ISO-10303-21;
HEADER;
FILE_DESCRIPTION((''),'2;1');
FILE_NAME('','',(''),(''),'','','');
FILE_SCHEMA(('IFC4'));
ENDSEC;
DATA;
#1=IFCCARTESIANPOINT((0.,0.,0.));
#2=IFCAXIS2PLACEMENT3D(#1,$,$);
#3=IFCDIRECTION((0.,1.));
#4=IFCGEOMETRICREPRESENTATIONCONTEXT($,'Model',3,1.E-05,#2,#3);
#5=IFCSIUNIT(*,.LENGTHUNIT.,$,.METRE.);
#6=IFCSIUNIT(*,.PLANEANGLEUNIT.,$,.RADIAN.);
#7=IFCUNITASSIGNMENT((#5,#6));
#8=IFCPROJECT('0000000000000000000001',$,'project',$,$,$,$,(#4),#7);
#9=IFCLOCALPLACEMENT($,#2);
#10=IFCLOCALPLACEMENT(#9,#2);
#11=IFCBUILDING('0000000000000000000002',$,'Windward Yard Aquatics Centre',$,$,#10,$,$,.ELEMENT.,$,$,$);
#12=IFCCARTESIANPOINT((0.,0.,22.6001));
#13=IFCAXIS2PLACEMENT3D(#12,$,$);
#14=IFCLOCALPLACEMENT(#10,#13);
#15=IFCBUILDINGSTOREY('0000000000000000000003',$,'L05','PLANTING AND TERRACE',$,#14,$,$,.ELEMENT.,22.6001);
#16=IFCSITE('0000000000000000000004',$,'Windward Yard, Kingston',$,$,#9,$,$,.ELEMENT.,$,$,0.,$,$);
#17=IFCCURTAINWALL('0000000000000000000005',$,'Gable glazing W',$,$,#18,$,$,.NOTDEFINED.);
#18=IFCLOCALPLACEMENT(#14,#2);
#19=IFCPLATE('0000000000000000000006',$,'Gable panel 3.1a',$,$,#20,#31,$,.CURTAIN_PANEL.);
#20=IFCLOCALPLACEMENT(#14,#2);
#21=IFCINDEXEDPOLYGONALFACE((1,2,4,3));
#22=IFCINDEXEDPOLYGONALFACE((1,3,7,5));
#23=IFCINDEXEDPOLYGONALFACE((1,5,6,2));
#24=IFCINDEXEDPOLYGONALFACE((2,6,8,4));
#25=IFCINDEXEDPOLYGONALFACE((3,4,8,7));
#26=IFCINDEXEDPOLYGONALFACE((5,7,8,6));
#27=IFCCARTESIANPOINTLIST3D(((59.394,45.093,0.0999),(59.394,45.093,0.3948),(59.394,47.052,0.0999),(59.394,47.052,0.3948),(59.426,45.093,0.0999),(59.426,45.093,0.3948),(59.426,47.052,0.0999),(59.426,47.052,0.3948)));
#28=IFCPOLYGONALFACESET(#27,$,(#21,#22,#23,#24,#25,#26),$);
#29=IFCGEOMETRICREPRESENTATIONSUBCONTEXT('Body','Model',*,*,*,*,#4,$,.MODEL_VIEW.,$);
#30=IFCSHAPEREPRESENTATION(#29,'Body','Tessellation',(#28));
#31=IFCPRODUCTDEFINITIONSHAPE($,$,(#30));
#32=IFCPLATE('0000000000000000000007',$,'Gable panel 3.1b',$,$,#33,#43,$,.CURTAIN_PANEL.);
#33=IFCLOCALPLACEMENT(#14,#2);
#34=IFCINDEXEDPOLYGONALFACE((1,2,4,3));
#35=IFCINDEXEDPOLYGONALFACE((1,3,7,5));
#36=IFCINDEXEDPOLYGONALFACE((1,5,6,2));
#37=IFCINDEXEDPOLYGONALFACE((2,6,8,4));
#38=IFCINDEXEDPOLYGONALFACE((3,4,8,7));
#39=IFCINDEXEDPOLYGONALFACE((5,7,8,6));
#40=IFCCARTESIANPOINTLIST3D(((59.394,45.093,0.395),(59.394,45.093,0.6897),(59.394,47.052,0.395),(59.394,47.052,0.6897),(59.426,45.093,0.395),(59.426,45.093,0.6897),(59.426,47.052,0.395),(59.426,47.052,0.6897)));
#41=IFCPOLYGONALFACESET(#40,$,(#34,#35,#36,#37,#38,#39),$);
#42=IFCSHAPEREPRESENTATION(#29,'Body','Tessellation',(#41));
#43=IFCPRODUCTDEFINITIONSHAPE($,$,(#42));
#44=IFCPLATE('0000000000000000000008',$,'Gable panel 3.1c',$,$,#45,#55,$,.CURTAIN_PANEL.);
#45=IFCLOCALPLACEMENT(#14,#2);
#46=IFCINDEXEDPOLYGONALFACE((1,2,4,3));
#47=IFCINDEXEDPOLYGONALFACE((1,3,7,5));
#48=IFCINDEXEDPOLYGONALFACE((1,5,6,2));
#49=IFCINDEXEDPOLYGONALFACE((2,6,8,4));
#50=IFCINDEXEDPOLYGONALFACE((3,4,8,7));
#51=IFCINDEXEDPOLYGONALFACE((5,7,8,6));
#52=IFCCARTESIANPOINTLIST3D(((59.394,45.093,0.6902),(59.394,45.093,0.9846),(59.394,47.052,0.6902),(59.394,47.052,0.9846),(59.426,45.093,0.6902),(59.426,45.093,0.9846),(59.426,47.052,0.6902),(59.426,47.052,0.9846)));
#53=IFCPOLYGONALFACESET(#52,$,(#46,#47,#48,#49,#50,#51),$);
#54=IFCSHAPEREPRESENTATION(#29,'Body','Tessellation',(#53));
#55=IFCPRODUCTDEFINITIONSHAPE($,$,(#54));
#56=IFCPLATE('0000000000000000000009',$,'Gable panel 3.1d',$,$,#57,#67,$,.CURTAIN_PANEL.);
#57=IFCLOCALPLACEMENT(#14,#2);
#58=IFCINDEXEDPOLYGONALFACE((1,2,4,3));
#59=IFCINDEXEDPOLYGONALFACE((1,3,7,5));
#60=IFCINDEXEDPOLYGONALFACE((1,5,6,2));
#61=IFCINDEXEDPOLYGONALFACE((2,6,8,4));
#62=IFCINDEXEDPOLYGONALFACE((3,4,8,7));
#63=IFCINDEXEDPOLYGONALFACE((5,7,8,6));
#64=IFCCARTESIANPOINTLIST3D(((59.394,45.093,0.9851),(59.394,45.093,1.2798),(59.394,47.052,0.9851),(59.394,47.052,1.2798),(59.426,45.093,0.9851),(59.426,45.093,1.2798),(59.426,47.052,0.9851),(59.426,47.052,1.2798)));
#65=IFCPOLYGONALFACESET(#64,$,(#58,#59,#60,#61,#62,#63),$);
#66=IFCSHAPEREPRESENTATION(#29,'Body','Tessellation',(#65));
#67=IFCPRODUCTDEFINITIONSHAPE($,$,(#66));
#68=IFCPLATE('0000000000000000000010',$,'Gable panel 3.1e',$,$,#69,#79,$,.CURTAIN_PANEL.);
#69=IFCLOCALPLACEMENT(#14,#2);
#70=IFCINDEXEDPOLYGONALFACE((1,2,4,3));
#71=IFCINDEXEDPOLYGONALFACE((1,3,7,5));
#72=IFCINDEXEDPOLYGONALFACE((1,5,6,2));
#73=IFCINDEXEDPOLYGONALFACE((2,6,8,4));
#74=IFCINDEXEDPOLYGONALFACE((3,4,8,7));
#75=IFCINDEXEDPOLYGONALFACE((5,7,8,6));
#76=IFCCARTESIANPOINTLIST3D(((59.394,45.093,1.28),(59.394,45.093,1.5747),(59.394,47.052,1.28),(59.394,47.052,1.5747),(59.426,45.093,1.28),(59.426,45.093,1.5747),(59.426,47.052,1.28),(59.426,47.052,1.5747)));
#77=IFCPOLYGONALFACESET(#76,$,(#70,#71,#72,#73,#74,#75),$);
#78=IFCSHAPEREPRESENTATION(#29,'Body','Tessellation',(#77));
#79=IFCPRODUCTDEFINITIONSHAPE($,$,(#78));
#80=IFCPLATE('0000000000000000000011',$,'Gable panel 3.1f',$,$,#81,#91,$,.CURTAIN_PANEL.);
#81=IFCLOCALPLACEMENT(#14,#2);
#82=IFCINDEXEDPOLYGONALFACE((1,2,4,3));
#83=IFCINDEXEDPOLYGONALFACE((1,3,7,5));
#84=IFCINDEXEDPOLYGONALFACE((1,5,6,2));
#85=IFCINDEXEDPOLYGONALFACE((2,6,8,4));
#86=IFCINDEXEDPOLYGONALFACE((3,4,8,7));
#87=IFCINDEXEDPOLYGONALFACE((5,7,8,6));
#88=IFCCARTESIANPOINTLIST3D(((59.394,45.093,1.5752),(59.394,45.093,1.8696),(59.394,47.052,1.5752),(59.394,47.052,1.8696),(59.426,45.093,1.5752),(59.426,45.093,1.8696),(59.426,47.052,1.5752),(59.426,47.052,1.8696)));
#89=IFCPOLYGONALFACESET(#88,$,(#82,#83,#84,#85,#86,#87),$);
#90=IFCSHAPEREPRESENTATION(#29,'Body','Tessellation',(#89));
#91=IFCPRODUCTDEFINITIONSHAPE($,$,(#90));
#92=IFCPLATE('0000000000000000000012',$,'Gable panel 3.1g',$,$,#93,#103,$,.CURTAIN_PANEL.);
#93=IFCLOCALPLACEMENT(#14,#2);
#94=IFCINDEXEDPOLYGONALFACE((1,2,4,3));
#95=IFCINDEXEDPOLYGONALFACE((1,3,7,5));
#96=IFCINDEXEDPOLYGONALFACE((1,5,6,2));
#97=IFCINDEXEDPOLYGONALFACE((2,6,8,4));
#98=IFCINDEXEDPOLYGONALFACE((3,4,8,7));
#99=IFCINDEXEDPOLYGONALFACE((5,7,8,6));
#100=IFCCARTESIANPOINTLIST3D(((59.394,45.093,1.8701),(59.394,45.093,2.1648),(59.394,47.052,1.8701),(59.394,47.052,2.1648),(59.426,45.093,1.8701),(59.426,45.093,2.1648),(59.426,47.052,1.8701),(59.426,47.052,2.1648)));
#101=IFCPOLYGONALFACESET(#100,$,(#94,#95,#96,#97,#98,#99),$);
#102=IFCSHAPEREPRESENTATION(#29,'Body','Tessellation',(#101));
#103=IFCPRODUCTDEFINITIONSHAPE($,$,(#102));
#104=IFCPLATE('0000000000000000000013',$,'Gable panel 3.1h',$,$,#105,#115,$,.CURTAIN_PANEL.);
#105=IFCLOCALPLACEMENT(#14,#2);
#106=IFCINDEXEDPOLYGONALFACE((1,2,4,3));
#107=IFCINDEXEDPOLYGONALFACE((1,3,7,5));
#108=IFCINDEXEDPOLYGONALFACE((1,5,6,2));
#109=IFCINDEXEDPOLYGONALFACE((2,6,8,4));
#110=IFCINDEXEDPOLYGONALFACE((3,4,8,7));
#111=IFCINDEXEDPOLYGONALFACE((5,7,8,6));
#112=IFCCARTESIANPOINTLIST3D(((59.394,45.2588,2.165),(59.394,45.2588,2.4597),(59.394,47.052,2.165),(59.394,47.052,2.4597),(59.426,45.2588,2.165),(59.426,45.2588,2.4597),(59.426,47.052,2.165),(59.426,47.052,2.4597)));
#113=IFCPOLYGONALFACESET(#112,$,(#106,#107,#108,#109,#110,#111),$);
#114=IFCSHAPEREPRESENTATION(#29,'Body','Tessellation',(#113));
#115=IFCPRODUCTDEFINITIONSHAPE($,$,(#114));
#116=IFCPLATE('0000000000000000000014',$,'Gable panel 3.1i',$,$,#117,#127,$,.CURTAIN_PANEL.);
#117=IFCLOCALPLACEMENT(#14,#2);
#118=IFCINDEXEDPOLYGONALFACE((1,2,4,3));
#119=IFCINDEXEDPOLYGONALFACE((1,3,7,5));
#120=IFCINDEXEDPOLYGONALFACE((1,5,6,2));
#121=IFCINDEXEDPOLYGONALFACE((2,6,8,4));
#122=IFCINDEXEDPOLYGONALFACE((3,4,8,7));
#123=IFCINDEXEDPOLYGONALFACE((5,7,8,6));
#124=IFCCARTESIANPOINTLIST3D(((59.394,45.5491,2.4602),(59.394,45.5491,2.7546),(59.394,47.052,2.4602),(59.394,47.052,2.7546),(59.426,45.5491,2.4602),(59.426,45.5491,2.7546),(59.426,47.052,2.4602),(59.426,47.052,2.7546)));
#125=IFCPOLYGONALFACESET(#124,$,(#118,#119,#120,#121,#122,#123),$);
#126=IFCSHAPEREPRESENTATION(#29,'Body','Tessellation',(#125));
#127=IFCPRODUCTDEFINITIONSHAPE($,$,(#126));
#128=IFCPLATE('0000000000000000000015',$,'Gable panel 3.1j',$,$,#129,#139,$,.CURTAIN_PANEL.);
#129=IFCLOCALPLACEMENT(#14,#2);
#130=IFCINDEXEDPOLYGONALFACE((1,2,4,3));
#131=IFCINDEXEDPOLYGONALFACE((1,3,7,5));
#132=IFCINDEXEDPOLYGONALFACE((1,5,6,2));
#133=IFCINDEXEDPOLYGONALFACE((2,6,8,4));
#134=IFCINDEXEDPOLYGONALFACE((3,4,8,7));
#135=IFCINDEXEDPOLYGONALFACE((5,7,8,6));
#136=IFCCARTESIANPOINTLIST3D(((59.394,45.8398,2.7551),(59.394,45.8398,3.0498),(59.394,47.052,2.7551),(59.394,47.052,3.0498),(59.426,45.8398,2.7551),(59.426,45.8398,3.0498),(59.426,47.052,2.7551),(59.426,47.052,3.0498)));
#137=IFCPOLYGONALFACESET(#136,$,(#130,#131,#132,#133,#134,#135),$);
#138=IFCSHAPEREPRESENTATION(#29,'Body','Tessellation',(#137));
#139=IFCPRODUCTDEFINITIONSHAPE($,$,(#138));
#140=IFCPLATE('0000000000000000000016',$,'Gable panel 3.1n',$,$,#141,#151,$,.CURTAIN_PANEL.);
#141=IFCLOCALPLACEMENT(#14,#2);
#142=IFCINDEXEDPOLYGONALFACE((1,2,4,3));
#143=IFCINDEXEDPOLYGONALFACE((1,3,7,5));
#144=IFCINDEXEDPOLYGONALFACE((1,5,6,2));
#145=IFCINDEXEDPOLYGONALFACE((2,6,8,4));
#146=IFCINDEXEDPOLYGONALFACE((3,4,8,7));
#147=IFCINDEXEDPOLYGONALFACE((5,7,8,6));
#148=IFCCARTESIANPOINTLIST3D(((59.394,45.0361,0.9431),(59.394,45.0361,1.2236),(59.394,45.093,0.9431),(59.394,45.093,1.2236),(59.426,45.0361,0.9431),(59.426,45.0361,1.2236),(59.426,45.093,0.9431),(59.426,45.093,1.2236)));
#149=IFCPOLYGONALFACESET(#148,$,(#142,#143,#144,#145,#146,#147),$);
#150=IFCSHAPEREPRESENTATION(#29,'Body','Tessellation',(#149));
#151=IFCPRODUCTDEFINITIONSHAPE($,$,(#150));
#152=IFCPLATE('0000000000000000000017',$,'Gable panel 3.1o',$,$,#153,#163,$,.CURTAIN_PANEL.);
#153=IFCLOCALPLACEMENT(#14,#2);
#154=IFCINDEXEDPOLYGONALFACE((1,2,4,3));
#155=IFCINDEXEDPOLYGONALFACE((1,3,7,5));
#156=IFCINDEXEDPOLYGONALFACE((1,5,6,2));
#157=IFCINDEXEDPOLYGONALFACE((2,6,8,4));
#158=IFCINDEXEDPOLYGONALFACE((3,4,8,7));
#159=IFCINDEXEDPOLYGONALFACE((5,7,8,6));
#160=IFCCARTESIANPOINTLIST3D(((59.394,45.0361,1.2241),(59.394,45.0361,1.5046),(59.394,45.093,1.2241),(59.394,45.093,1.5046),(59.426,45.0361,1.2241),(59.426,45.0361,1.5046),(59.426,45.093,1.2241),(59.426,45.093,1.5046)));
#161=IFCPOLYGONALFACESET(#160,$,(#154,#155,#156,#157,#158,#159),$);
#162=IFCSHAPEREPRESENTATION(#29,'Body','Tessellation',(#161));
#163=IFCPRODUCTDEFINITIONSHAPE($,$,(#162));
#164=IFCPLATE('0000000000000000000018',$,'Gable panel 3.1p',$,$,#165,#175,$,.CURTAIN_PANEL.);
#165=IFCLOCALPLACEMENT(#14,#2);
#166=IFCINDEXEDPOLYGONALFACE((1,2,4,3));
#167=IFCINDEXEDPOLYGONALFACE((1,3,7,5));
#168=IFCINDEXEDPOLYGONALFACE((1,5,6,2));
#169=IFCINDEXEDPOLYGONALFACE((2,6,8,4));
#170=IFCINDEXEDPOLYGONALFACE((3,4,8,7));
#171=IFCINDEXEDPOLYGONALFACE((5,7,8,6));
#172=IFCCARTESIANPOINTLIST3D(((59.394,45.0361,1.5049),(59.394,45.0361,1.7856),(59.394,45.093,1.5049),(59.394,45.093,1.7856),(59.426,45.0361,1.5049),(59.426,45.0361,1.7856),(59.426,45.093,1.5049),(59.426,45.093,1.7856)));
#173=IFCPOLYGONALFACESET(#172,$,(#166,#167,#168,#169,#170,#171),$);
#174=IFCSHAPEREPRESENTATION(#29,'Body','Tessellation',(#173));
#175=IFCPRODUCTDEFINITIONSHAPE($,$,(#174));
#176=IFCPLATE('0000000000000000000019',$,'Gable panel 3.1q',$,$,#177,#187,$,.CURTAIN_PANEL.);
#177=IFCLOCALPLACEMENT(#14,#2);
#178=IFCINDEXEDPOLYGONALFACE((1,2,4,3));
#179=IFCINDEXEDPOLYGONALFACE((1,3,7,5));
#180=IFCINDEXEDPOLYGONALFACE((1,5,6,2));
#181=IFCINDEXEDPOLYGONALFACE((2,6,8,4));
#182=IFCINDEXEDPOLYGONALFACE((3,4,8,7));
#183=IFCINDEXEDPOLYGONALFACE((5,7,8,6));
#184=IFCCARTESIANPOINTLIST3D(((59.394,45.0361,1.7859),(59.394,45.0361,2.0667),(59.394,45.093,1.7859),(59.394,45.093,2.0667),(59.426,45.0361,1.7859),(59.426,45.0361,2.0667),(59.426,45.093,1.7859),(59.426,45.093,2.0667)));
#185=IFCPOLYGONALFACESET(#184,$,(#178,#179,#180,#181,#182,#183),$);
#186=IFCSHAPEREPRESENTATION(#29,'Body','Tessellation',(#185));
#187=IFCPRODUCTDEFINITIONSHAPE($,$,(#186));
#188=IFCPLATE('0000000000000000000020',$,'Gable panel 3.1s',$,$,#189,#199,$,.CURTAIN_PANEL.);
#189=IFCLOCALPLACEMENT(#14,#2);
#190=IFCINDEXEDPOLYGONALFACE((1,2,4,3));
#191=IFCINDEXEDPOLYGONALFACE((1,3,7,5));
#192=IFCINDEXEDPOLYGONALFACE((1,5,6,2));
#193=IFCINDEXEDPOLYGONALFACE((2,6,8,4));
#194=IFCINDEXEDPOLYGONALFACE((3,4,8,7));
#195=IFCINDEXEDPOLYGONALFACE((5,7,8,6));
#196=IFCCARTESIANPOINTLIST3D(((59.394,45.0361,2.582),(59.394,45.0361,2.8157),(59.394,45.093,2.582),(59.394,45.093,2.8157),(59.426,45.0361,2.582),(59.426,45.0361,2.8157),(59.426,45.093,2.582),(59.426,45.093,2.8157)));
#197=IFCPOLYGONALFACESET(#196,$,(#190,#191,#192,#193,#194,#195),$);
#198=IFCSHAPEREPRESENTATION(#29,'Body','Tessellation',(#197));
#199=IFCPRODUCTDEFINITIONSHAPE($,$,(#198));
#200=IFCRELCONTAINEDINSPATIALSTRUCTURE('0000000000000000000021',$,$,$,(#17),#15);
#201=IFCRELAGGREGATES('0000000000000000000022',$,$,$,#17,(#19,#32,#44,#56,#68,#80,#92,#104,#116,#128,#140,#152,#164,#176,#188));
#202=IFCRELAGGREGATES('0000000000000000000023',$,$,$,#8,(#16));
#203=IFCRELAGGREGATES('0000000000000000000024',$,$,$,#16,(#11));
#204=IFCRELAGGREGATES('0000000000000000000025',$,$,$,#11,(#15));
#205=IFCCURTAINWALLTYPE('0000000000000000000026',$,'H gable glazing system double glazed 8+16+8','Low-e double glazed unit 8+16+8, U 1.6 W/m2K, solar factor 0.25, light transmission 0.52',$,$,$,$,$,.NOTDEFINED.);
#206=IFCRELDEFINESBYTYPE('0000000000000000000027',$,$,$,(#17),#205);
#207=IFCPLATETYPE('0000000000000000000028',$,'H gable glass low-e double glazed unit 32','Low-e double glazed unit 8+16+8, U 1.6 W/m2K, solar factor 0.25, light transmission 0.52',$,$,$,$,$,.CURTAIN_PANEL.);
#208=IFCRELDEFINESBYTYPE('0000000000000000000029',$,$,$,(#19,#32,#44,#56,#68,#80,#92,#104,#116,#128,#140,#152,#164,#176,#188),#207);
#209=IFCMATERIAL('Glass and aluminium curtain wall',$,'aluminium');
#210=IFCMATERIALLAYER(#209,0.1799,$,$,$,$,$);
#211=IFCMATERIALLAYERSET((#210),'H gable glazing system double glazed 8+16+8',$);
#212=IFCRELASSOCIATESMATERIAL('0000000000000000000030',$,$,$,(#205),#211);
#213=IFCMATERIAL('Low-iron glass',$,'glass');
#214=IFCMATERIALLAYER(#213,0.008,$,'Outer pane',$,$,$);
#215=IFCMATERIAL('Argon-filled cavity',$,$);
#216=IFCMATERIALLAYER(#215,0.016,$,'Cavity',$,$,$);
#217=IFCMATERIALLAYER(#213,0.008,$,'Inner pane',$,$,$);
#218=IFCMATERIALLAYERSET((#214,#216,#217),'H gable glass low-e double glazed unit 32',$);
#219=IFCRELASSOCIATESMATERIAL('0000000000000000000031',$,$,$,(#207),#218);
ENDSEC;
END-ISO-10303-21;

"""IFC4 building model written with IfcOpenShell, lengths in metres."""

from ifc_helpers import new_model, si_unit, direction, frame, origin, place, context, subcontext, project, spatial, polyline, outline, extrude, material, layer, layer_set, type_object, element, aggregate, save


model = new_model("IFC4")

# Units and contexts
model_context = context("Model", 3, precision=1e-05, world=origin(), true_north=direction((0.0, 1.0)))
body_context = subcontext(model_context, "Body", "Model", "MODEL_VIEW")
ifc_project = project(units=[si_unit("LENGTHUNIT", "METRE"), si_unit("PLANEANGLEUNIT", "RADIAN")], contexts=[model_context])

# Site, building, storey
site_placement = place(None, origin())
site = spatial("IfcSite", under=ifc_project, at=site_placement, Name="Windward Yard, Kingston", CompositionType="ELEMENT", RefElevation=0.0)
building_placement = place(site_placement, origin())
building = spatial("IfcBuilding", under=site, at=building_placement, Name="Windward Yard Aquatics Centre", CompositionType="ELEMENT")
storey_placement = place(building_placement, frame((0.0, 0.0, 22.6001)))
storey = spatial("IfcBuildingStorey", under=building, at=storey_placement, Name="L05", Description="PLANTING AND TERRACE", CompositionType="ELEMENT", Elevation=22.6001)

# Curtain wall, plates
ifc_material_1 = material(Name="Glass and aluminium curtain wall", Category="aluminium")
ifc_layer_1 = layer(ifc_material_1, 0.1799)
ifc_layer_set_1 = layer_set([ifc_layer_1], Name="H gable glazing system double glazed 8+16+8")
curtain_wall_type = type_object("IfcCurtainWallType", Name="H gable glazing system double glazed 8+16+8", Description="Low-e double glazed unit 8+16+8, U 1.6 W/m2K, solar factor 0.25, light transmission 0.52", PredefinedType="NOTDEFINED", material=ifc_layer_set_1)
curtain_wall_placement = place(storey_placement, origin())
curtain_wall = element("IfcCurtainWall", 1, at=curtain_wall_placement, inside=storey, type_object=curtain_wall_type, Name="Gable glazing W", PredefinedType="NOTDEFINED")
ifc_material_2 = material(Name="Low-iron glass", Category="glass")
ifc_layer_2 = layer(ifc_material_2, 0.008, Name="Outer pane")
ifc_material_3 = material(Name="Argon-filled cavity")
ifc_layer_3 = layer(ifc_material_3, 0.016, Name="Cavity")
ifc_layer_4 = layer(ifc_material_2, 0.008, Name="Inner pane")
ifc_layer_set_2 = layer_set([ifc_layer_2, ifc_layer_3, ifc_layer_4], Name="H gable glass low-e double glazed unit 32")
plate_type = type_object("IfcPlateType", Name="H gable glass low-e double glazed unit 32", Description="Low-e double glazed unit 8+16+8, U 1.6 W/m2K, solar factor 0.25, light transmission 0.52", PredefinedType="CURTAIN_PANEL", material=ifc_layer_set_2)
plate_1_placement = place(storey_placement, frame((59.426, 45.093, 0.0999), z_axis=(1.0, 0.0, 0.0), x_axis=(0.0, 1.0, 0.0)))
plate_1 = element("IfcPlate", 2, at=plate_1_placement, type_object=plate_type, Name="Gable panel 3.1a", PredefinedType="CURTAIN_PANEL", context=body_context, shape_type="SweptSolid", body=[
    extrude(outline(polyline([(0.0, 0.0), (1.959, 0.0), (1.959, 0.2949), (0.0, 0.2949), (0.0, 0.0)])), origin(), (0.0, 0.0, -1.0), 0.032),
])
plate_2_placement = place(storey_placement, frame((59.426, 45.093, 0.395), z_axis=(1.0, 0.0, 0.0), x_axis=(0.0, 1.0, 0.0)))
plate_2 = element("IfcPlate", 3, at=plate_2_placement, type_object=plate_type, Name="Gable panel 3.1b", PredefinedType="CURTAIN_PANEL", context=body_context, shape_type="SweptSolid", body=[
    extrude(outline(polyline([(0.0, 0.0), (1.959, 0.0), (1.959, 0.2947), (0.0, 0.2947), (0.0, 0.0)])), origin(), (0.0, 0.0, -1.0), 0.032),
])
plate_3_placement = place(storey_placement, frame((59.426, 45.093, 0.6902), z_axis=(1.0, 0.0, 0.0), x_axis=(0.0, 1.0, 0.0)))
plate_3 = element("IfcPlate", 4, at=plate_3_placement, type_object=plate_type, Name="Gable panel 3.1c", PredefinedType="CURTAIN_PANEL", context=body_context, shape_type="SweptSolid", body=[
    extrude(outline(polyline([(0.0, 0.0), (1.959, 0.0), (1.959, 0.2944), (0.0, 0.2944), (0.0, 0.0)])), origin(), (0.0, 0.0, -1.0), 0.032),
])
plate_4_placement = place(storey_placement, frame((59.426, 45.093, 0.9851), z_axis=(1.0, 0.0, 0.0), x_axis=(0.0, 1.0, 0.0)))
plate_4 = element("IfcPlate", 5, at=plate_4_placement, type_object=plate_type, Name="Gable panel 3.1d", PredefinedType="CURTAIN_PANEL", context=body_context, shape_type="SweptSolid", body=[
    extrude(outline(polyline([(0.0, 0.0), (1.959, 0.0), (1.959, 0.2947), (0.0, 0.2947), (0.0, 0.0)])), origin(), (0.0, 0.0, -1.0), 0.032),
])
plate_5_placement = place(storey_placement, frame((59.426, 45.093, 1.28), z_axis=(1.0, 0.0, 0.0), x_axis=(0.0, 1.0, 0.0)))
plate_5 = element("IfcPlate", 6, at=plate_5_placement, type_object=plate_type, Name="Gable panel 3.1e", PredefinedType="CURTAIN_PANEL", context=body_context, shape_type="SweptSolid", body=[
    extrude(outline(polyline([(0.0, 0.0), (1.959, 0.0), (1.959, 0.2947), (0.0, 0.2947), (0.0, 0.0)])), origin(), (0.0, 0.0, -1.0), 0.032),
])
plate_6_placement = place(storey_placement, frame((59.426, 45.093, 1.5752), z_axis=(1.0, 0.0, 0.0), x_axis=(0.0, 1.0, 0.0)))
plate_6 = element("IfcPlate", 7, at=plate_6_placement, type_object=plate_type, Name="Gable panel 3.1f", PredefinedType="CURTAIN_PANEL", context=body_context, shape_type="SweptSolid", body=[
    extrude(outline(polyline([(0.0, 0.0), (1.959, 0.0), (1.959, 0.2944), (0.0, 0.2944), (0.0, 0.0)])), origin(), (0.0, 0.0, -1.0), 0.032),
])
plate_7_placement = place(storey_placement, frame((59.426, 45.093, 1.8701), z_axis=(1.0, 0.0, 0.0), x_axis=(0.0, 1.0, 0.0)))
plate_7 = element("IfcPlate", 8, at=plate_7_placement, type_object=plate_type, Name="Gable panel 3.1g", PredefinedType="CURTAIN_PANEL", context=body_context, shape_type="SweptSolid", body=[
    extrude(outline(polyline([(0.0, 0.0), (1.959, 0.0), (1.959, 0.2947), (0.0, 0.2947), (0.0, 0.0)])), origin(), (0.0, 0.0, -1.0), 0.032),
])
plate_8_placement = place(storey_placement, frame((59.426, 45.2588, 2.165), z_axis=(1.0, 0.0, 0.0), x_axis=(0.0, 1.0, 0.0)))
plate_8 = element("IfcPlate", 9, at=plate_8_placement, type_object=plate_type, Name="Gable panel 3.1h", PredefinedType="CURTAIN_PANEL", context=body_context, shape_type="SweptSolid", body=[
    extrude(outline(polyline([(0.0, 0.0), (1.7932, 0.0), (1.7932, 0.2947), (0.0, 0.2947), (0.0, 0.0)])), origin(), (0.0, 0.0, -1.0), 0.032),
])
plate_9_placement = place(storey_placement, frame((59.426, 45.5491, 2.4602), z_axis=(1.0, 0.0, 0.0), x_axis=(0.0, 1.0, 0.0)))
plate_9 = element("IfcPlate", 10, at=plate_9_placement, type_object=plate_type, Name="Gable panel 3.1i", PredefinedType="CURTAIN_PANEL", context=body_context, shape_type="SweptSolid", body=[
    extrude(outline(polyline([(0.0, 0.0), (1.5029, 0.0), (1.5029, 0.2944), (0.0, 0.2944), (0.0, 0.0)])), origin(), (0.0, 0.0, -1.0), 0.032),
])
plate_10_placement = place(storey_placement, frame((59.426, 45.8398, 2.7551), z_axis=(1.0, 0.0, 0.0), x_axis=(0.0, 1.0, 0.0)))
plate_10 = element("IfcPlate", 11, at=plate_10_placement, type_object=plate_type, Name="Gable panel 3.1j", PredefinedType="CURTAIN_PANEL", context=body_context, shape_type="SweptSolid", body=[
    extrude(outline(polyline([(0.0, 0.0), (1.2122, 0.0), (1.2122, 0.2947), (0.0, 0.2947), (0.0, 0.0)])), origin(), (0.0, 0.0, -1.0), 0.032),
])
plate_11_placement = place(storey_placement, frame((59.426, 45.0361, 0.9431), z_axis=(1.0, 0.0, 0.0), x_axis=(0.0, 1.0, 0.0)))
plate_11 = element("IfcPlate", 12, at=plate_11_placement, type_object=plate_type, Name="Gable panel 3.1n", PredefinedType="CURTAIN_PANEL", context=body_context, shape_type="SweptSolid", body=[
    extrude(outline(polyline([(0.0, 0.0), (0.0569, 0.0), (0.0569, 0.2805), (0.0, 0.2805), (0.0, 0.0)])), origin(), (0.0, 0.0, -1.0), 0.032),
])
plate_12_placement = place(storey_placement, frame((59.426, 45.0361, 1.2241), z_axis=(1.0, 0.0, 0.0), x_axis=(0.0, 1.0, 0.0)))
plate_12 = element("IfcPlate", 13, at=plate_12_placement, type_object=plate_type, Name="Gable panel 3.1o", PredefinedType="CURTAIN_PANEL", context=body_context, shape_type="SweptSolid", body=[
    extrude(outline(polyline([(0.0, 0.0), (0.0569, 0.0), (0.0569, 0.2805), (0.0, 0.2805), (0.0, 0.0)])), origin(), (0.0, 0.0, -1.0), 0.032),
])
plate_13_placement = place(storey_placement, frame((59.426, 45.0361, 1.5049), z_axis=(1.0, 0.0, 0.0), x_axis=(0.0, 1.0, 0.0)))
plate_13 = element("IfcPlate", 14, at=plate_13_placement, type_object=plate_type, Name="Gable panel 3.1p", PredefinedType="CURTAIN_PANEL", context=body_context, shape_type="SweptSolid", body=[
    extrude(outline(polyline([(0.0, 0.0), (0.0569, 0.0), (0.0569, 0.2808), (0.0, 0.2808), (0.0, 0.0)])), origin(), (0.0, 0.0, -1.0), 0.032),
])
plate_14_placement = place(storey_placement, frame((59.426, 45.0361, 1.7859), z_axis=(1.0, 0.0, 0.0), x_axis=(0.0, 1.0, 0.0)))
plate_14 = element("IfcPlate", 15, at=plate_14_placement, type_object=plate_type, Name="Gable panel 3.1q", PredefinedType="CURTAIN_PANEL", context=body_context, shape_type="SweptSolid", body=[
    extrude(outline(polyline([(0.0, 0.0), (0.0569, 0.0), (0.0569, 0.2808), (0.0, 0.2808), (0.0, 0.0)])), origin(), (0.0, 0.0, -1.0), 0.032),
])
plate_15_placement = place(storey_placement, frame((59.426, 45.0361, 2.582), z_axis=(1.0, 0.0, 0.0), x_axis=(0.0, 1.0, 0.0)))
plate_15 = element("IfcPlate", 16, at=plate_15_placement, type_object=plate_type, Name="Gable panel 3.1s", PredefinedType="CURTAIN_PANEL", context=body_context, shape_type="SweptSolid", body=[
    extrude(outline(polyline([(0.0, 0.0), (0.0569, 0.0), (0.0569, 0.2336), (0.0, 0.2336), (0.0, 0.0)])), origin(), (0.0, 0.0, -1.0), 0.032),
])
aggregate(curtain_wall, [plate_1, plate_2, plate_3, plate_4, plate_5, plate_6, plate_7, plate_8, plate_9, plate_10, plate_11, plate_12, plate_13, plate_14, plate_15])

save(model, "model.ifc")
